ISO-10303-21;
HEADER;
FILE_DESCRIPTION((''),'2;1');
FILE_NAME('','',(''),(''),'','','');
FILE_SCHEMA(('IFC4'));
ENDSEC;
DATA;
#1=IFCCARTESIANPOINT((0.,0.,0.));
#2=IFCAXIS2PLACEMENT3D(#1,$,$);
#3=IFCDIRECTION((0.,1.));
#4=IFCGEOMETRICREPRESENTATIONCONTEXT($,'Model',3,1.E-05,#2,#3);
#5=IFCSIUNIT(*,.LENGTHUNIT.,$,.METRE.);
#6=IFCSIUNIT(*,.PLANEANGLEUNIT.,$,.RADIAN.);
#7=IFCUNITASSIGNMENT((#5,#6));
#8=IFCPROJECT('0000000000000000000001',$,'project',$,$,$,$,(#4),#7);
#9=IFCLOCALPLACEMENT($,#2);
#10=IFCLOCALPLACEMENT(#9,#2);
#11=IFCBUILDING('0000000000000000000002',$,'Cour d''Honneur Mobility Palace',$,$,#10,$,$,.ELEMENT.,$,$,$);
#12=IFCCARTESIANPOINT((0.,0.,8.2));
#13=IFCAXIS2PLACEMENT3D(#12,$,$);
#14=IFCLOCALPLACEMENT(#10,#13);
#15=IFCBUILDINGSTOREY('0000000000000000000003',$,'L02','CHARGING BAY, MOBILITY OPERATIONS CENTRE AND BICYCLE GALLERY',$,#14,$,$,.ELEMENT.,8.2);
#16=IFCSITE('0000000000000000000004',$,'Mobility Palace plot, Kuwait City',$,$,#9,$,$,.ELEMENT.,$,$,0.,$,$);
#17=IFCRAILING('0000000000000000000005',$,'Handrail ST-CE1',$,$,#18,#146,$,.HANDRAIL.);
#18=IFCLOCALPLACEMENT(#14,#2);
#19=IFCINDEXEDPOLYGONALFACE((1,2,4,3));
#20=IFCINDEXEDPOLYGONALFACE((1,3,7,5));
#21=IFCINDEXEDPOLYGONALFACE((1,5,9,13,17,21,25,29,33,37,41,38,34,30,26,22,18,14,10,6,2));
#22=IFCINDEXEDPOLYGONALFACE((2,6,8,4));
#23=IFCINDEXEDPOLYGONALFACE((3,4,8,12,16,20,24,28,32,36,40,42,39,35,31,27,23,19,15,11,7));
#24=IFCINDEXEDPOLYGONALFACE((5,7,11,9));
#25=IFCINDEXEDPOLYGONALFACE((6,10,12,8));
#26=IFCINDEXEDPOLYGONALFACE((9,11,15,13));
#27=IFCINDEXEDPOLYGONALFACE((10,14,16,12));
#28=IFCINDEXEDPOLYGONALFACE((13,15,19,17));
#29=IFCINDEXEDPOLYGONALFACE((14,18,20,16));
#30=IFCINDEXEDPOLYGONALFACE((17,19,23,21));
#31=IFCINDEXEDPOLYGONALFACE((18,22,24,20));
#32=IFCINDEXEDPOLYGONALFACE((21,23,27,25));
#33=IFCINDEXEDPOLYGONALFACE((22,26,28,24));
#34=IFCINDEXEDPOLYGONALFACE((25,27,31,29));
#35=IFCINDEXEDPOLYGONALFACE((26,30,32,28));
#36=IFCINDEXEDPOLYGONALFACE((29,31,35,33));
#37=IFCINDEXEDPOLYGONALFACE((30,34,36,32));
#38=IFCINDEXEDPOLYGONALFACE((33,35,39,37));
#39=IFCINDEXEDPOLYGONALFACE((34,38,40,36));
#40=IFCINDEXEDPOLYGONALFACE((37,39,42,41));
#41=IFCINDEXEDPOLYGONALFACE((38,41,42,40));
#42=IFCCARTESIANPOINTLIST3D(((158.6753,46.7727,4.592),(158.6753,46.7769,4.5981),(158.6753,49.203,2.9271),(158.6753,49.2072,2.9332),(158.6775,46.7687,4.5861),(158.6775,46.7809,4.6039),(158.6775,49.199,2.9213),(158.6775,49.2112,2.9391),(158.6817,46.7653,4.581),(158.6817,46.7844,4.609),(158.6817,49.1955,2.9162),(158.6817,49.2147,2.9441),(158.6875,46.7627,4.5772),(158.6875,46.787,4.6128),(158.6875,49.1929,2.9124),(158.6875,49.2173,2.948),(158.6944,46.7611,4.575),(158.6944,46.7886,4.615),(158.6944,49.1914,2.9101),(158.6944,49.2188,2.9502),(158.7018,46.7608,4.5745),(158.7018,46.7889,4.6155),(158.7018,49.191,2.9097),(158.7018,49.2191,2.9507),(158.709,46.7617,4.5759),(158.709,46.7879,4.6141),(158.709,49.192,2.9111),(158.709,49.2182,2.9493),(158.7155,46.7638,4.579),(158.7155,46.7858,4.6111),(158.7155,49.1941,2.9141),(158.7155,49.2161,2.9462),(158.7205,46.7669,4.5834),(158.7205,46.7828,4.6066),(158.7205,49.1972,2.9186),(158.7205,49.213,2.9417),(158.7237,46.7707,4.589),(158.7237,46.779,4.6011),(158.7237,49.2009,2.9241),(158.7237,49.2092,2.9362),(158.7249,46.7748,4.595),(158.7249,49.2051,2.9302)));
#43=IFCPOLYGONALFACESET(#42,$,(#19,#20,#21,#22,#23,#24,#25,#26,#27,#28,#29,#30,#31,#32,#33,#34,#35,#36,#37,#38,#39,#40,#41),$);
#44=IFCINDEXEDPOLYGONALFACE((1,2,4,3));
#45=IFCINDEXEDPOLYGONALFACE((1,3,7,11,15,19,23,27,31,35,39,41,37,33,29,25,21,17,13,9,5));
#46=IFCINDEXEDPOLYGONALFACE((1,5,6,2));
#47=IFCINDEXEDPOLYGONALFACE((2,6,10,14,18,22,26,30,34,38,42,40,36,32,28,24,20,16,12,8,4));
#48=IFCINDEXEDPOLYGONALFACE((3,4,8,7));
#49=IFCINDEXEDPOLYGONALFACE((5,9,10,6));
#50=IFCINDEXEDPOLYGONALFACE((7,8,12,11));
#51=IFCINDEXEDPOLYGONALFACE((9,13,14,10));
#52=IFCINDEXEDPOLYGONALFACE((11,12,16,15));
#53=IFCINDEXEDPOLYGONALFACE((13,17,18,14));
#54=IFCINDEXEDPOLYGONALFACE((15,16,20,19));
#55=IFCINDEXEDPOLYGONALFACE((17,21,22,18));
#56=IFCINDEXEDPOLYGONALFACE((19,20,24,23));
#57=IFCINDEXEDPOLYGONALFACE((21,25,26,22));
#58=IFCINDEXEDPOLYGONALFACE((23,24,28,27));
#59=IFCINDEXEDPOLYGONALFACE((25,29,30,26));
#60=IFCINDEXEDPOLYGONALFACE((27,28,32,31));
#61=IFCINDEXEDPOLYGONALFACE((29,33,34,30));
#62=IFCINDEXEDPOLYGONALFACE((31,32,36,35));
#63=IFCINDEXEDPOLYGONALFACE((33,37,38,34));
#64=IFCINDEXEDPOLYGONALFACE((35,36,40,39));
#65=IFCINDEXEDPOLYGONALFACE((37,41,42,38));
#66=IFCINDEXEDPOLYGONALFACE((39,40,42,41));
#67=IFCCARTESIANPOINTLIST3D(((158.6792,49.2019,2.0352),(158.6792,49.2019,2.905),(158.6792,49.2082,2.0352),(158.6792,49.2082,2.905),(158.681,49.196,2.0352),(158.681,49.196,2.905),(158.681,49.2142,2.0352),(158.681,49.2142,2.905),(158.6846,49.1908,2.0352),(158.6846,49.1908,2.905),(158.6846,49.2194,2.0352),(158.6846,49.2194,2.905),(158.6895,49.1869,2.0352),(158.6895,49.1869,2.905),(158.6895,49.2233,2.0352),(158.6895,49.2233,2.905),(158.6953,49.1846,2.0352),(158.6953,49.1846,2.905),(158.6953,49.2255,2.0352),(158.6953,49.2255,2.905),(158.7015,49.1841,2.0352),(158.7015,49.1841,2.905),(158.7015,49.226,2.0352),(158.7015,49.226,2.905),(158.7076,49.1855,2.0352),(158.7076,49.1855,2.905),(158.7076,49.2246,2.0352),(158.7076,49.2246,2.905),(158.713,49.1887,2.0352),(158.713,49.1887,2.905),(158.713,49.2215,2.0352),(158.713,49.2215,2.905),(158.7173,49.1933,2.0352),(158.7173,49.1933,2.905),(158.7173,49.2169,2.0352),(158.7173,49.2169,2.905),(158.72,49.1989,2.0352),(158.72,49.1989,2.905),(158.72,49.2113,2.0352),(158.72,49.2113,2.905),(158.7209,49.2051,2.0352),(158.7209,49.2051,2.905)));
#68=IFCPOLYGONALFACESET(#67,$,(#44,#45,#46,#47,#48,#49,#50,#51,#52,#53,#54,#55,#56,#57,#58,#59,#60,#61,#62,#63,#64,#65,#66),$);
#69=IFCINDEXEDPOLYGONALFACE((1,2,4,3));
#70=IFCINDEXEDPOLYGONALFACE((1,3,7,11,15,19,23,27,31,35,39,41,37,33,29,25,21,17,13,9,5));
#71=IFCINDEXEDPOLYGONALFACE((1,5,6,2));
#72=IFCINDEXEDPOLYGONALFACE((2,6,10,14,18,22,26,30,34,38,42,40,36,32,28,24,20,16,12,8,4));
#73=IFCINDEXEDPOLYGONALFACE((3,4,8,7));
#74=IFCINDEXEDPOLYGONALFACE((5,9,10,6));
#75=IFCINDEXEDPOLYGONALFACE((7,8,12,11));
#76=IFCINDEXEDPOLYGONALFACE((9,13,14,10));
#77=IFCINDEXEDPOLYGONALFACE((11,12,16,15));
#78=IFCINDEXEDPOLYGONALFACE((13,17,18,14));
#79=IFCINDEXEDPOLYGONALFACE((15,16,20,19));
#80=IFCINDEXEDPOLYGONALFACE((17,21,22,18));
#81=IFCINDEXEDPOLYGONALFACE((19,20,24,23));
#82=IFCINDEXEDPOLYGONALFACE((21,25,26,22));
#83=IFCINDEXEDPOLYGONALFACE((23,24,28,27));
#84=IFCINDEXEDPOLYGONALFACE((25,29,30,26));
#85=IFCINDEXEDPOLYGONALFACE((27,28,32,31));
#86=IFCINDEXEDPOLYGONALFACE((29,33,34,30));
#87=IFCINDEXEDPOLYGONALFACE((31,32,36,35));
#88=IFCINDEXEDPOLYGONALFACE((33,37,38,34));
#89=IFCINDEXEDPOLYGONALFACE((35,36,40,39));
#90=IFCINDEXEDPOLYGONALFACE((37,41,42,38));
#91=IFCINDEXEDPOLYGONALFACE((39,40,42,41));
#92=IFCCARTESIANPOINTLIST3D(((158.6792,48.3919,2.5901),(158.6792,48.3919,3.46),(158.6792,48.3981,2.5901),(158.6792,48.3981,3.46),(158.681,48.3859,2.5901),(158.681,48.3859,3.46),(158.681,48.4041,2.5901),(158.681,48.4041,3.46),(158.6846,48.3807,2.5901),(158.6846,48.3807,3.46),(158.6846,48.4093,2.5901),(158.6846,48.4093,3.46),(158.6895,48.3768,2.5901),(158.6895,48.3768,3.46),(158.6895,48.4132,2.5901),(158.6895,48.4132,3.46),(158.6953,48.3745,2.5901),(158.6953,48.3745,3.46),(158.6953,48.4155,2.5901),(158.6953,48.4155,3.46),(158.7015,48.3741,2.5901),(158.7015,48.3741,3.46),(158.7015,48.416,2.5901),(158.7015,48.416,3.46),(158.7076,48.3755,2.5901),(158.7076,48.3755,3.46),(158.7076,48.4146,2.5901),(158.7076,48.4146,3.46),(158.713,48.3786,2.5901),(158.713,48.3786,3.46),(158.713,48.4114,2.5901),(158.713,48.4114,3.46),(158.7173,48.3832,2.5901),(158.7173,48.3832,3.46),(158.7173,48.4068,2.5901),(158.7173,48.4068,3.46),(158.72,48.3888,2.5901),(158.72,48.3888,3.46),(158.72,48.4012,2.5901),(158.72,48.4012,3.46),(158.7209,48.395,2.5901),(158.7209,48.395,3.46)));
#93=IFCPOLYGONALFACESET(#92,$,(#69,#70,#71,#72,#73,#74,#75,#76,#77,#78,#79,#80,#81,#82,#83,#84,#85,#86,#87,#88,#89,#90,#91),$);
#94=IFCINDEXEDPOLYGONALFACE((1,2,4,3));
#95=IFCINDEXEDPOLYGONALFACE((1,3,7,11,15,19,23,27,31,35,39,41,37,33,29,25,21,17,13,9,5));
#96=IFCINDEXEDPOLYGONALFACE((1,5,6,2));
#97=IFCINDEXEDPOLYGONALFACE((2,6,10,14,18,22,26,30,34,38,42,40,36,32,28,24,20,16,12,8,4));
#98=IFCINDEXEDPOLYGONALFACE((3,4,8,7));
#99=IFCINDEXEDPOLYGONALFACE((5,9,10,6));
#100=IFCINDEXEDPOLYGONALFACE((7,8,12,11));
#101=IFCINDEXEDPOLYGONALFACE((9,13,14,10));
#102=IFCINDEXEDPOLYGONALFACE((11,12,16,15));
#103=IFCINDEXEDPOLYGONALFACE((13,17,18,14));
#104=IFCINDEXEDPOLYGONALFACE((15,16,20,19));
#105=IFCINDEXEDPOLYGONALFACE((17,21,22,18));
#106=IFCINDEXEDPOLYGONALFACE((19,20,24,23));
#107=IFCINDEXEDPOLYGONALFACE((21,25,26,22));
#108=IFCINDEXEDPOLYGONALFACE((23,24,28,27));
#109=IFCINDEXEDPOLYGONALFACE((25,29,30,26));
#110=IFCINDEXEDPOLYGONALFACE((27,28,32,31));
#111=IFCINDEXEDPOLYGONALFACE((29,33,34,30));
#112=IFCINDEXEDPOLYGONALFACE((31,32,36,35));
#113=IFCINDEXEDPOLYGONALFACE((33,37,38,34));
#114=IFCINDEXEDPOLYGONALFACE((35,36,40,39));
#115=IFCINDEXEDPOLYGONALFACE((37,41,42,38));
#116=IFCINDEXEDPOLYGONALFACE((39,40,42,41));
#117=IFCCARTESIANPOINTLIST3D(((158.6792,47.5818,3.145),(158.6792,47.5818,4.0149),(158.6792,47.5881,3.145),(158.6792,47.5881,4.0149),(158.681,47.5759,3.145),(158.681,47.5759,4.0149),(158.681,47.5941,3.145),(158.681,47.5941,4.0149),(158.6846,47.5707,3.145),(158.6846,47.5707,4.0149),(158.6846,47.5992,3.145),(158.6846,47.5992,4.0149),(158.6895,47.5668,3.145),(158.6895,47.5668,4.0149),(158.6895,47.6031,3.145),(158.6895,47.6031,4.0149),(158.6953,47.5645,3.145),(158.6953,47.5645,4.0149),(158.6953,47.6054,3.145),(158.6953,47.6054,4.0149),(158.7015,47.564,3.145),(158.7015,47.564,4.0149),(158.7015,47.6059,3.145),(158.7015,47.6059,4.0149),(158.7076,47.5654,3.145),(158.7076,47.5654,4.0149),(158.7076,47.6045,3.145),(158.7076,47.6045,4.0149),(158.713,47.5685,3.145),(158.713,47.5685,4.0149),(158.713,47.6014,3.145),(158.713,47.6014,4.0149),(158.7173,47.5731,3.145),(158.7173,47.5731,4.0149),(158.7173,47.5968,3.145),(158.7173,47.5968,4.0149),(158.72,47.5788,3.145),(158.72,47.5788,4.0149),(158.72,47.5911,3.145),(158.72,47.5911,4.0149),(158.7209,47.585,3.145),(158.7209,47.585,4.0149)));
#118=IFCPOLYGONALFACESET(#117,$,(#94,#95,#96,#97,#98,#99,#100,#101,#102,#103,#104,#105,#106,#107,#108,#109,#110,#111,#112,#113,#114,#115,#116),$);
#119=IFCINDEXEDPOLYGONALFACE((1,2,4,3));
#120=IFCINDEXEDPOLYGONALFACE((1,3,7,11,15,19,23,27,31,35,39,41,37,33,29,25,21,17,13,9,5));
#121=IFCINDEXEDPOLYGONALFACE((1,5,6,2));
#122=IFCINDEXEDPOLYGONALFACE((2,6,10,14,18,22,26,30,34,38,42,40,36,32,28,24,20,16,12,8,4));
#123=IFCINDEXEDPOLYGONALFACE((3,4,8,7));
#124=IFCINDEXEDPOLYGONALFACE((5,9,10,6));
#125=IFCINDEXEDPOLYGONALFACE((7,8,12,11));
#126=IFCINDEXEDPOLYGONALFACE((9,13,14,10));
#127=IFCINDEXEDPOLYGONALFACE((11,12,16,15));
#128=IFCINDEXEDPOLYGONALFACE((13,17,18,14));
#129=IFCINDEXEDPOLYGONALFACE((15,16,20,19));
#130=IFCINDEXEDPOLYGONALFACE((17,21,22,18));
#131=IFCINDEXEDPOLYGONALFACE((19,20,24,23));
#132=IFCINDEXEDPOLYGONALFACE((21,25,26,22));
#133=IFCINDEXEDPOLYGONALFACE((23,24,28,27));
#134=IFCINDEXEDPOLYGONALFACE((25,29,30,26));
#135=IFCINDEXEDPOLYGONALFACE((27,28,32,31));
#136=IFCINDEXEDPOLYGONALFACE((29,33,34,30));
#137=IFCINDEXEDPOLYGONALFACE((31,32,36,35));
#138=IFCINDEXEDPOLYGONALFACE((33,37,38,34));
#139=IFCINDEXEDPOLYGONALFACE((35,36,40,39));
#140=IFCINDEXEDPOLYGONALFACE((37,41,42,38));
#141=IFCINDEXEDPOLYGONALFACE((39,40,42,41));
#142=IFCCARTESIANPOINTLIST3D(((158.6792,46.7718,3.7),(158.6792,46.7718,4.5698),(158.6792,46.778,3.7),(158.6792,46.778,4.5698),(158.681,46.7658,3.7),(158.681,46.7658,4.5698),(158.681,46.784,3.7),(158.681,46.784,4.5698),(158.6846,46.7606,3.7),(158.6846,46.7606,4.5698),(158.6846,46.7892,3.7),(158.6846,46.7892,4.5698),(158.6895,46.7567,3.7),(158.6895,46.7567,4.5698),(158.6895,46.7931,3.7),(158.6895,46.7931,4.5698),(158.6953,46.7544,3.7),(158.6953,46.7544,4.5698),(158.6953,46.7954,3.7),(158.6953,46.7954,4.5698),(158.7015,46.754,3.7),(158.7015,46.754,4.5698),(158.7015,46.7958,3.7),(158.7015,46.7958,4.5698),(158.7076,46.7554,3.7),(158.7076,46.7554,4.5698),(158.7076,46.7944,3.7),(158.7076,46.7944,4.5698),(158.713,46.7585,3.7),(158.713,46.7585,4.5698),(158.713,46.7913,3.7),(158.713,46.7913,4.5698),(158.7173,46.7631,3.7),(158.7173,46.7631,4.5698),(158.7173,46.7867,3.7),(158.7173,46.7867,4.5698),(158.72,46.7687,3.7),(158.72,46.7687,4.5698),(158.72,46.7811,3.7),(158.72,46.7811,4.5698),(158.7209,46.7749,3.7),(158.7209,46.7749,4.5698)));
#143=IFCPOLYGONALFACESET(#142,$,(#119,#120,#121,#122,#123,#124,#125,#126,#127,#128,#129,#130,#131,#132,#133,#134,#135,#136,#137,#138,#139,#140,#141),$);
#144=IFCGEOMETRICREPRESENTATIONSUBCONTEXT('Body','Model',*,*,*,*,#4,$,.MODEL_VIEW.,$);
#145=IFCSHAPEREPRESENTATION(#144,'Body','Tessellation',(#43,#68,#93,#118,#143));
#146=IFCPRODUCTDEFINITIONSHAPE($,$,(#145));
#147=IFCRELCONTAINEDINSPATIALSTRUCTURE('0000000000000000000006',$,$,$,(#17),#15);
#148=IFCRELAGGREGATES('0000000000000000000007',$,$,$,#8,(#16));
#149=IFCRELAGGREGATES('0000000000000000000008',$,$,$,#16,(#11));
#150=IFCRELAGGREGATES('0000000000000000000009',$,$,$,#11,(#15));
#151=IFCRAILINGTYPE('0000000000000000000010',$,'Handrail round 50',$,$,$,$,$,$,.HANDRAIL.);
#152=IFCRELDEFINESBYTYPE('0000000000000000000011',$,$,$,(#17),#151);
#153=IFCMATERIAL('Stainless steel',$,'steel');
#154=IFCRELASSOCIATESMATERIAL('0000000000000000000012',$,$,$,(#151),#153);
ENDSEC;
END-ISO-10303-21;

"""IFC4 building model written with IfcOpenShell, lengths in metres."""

from ifc_helpers import new_model, si_unit, direction, frame, origin, origin_2d, place, context, subcontext, project, spatial, circle, extrude, material, type_object, element, save


model = new_model("IFC4")

# Units and contexts
model_context = context("Model", 3, precision=1e-05, world=origin(), true_north=direction((0.0, 1.0)))
body_context = subcontext(model_context, "Body", "Model", "MODEL_VIEW")
ifc_project = project(units=[si_unit("LENGTHUNIT", "METRE"), si_unit("PLANEANGLEUNIT", "RADIAN")], contexts=[model_context])

# Site, building, storey
site_placement = place(None, origin())
site = spatial("IfcSite", under=ifc_project, at=site_placement, Name="Mobility Palace plot, Kuwait City", CompositionType="ELEMENT", RefElevation=0.0)
building_placement = place(site_placement, origin())
building = spatial("IfcBuilding", under=site, at=building_placement, Name="Cour d'Honneur Mobility Palace", CompositionType="ELEMENT")
storey_placement = place(building_placement, frame((0.0, 0.0, 8.2)))
storey = spatial("IfcBuildingStorey", under=building, at=storey_placement, Name="L02", Description="CHARGING BAY, MOBILITY OPERATIONS CENTRE AND BICYCLE GALLERY", CompositionType="ELEMENT", Elevation=8.2)

# Railing
ifc_material_1 = material(Name="Stainless steel", Category="steel")
railing_type_1 = type_object("IfcRailingType", Name="Handrail round 50", PredefinedType="HANDRAIL", material=ifc_material_1)
railing_1_placement = place(storey_placement, frame((158.7, 49.2051, 2.0352)))
element("IfcRailing", 1, at=railing_1_placement, inside=storey, type_object=railing_type_1, Name="Handrail ST-CE1", PredefinedType="HANDRAIL", context=body_context, shape_type="SweptSolid", body=[
    extrude(circle(Radius=0.0249, at=origin_2d()), frame((0.0, 0.0, 0.895), z_axis=(0.0, -0.824984, 0.565156), x_axis=(1.0, 0.0, 0.0)), (0.0, 0.0, 1.0), 2.9458),
    extrude(circle(Radius=0.021, at=origin_2d()), origin(), (0.0, 0.0, 1.0), 0.8699),
    extrude(circle(Radius=0.021, at=origin_2d()), frame((0.0, -0.8101, 0.5549)), (0.0, 0.0, 1.0), 0.8699),
    extrude(circle(Radius=0.021, at=origin_2d()), frame((0.0, -1.6201, 1.1099)), (0.0, 0.0, 1.0), 0.8699),
    extrude(circle(Radius=0.021, at=origin_2d()), frame((0.0, -2.4302, 1.6648)), (0.0, 0.0, 1.0), 0.8699),
])

save(model, "model.ifc")
